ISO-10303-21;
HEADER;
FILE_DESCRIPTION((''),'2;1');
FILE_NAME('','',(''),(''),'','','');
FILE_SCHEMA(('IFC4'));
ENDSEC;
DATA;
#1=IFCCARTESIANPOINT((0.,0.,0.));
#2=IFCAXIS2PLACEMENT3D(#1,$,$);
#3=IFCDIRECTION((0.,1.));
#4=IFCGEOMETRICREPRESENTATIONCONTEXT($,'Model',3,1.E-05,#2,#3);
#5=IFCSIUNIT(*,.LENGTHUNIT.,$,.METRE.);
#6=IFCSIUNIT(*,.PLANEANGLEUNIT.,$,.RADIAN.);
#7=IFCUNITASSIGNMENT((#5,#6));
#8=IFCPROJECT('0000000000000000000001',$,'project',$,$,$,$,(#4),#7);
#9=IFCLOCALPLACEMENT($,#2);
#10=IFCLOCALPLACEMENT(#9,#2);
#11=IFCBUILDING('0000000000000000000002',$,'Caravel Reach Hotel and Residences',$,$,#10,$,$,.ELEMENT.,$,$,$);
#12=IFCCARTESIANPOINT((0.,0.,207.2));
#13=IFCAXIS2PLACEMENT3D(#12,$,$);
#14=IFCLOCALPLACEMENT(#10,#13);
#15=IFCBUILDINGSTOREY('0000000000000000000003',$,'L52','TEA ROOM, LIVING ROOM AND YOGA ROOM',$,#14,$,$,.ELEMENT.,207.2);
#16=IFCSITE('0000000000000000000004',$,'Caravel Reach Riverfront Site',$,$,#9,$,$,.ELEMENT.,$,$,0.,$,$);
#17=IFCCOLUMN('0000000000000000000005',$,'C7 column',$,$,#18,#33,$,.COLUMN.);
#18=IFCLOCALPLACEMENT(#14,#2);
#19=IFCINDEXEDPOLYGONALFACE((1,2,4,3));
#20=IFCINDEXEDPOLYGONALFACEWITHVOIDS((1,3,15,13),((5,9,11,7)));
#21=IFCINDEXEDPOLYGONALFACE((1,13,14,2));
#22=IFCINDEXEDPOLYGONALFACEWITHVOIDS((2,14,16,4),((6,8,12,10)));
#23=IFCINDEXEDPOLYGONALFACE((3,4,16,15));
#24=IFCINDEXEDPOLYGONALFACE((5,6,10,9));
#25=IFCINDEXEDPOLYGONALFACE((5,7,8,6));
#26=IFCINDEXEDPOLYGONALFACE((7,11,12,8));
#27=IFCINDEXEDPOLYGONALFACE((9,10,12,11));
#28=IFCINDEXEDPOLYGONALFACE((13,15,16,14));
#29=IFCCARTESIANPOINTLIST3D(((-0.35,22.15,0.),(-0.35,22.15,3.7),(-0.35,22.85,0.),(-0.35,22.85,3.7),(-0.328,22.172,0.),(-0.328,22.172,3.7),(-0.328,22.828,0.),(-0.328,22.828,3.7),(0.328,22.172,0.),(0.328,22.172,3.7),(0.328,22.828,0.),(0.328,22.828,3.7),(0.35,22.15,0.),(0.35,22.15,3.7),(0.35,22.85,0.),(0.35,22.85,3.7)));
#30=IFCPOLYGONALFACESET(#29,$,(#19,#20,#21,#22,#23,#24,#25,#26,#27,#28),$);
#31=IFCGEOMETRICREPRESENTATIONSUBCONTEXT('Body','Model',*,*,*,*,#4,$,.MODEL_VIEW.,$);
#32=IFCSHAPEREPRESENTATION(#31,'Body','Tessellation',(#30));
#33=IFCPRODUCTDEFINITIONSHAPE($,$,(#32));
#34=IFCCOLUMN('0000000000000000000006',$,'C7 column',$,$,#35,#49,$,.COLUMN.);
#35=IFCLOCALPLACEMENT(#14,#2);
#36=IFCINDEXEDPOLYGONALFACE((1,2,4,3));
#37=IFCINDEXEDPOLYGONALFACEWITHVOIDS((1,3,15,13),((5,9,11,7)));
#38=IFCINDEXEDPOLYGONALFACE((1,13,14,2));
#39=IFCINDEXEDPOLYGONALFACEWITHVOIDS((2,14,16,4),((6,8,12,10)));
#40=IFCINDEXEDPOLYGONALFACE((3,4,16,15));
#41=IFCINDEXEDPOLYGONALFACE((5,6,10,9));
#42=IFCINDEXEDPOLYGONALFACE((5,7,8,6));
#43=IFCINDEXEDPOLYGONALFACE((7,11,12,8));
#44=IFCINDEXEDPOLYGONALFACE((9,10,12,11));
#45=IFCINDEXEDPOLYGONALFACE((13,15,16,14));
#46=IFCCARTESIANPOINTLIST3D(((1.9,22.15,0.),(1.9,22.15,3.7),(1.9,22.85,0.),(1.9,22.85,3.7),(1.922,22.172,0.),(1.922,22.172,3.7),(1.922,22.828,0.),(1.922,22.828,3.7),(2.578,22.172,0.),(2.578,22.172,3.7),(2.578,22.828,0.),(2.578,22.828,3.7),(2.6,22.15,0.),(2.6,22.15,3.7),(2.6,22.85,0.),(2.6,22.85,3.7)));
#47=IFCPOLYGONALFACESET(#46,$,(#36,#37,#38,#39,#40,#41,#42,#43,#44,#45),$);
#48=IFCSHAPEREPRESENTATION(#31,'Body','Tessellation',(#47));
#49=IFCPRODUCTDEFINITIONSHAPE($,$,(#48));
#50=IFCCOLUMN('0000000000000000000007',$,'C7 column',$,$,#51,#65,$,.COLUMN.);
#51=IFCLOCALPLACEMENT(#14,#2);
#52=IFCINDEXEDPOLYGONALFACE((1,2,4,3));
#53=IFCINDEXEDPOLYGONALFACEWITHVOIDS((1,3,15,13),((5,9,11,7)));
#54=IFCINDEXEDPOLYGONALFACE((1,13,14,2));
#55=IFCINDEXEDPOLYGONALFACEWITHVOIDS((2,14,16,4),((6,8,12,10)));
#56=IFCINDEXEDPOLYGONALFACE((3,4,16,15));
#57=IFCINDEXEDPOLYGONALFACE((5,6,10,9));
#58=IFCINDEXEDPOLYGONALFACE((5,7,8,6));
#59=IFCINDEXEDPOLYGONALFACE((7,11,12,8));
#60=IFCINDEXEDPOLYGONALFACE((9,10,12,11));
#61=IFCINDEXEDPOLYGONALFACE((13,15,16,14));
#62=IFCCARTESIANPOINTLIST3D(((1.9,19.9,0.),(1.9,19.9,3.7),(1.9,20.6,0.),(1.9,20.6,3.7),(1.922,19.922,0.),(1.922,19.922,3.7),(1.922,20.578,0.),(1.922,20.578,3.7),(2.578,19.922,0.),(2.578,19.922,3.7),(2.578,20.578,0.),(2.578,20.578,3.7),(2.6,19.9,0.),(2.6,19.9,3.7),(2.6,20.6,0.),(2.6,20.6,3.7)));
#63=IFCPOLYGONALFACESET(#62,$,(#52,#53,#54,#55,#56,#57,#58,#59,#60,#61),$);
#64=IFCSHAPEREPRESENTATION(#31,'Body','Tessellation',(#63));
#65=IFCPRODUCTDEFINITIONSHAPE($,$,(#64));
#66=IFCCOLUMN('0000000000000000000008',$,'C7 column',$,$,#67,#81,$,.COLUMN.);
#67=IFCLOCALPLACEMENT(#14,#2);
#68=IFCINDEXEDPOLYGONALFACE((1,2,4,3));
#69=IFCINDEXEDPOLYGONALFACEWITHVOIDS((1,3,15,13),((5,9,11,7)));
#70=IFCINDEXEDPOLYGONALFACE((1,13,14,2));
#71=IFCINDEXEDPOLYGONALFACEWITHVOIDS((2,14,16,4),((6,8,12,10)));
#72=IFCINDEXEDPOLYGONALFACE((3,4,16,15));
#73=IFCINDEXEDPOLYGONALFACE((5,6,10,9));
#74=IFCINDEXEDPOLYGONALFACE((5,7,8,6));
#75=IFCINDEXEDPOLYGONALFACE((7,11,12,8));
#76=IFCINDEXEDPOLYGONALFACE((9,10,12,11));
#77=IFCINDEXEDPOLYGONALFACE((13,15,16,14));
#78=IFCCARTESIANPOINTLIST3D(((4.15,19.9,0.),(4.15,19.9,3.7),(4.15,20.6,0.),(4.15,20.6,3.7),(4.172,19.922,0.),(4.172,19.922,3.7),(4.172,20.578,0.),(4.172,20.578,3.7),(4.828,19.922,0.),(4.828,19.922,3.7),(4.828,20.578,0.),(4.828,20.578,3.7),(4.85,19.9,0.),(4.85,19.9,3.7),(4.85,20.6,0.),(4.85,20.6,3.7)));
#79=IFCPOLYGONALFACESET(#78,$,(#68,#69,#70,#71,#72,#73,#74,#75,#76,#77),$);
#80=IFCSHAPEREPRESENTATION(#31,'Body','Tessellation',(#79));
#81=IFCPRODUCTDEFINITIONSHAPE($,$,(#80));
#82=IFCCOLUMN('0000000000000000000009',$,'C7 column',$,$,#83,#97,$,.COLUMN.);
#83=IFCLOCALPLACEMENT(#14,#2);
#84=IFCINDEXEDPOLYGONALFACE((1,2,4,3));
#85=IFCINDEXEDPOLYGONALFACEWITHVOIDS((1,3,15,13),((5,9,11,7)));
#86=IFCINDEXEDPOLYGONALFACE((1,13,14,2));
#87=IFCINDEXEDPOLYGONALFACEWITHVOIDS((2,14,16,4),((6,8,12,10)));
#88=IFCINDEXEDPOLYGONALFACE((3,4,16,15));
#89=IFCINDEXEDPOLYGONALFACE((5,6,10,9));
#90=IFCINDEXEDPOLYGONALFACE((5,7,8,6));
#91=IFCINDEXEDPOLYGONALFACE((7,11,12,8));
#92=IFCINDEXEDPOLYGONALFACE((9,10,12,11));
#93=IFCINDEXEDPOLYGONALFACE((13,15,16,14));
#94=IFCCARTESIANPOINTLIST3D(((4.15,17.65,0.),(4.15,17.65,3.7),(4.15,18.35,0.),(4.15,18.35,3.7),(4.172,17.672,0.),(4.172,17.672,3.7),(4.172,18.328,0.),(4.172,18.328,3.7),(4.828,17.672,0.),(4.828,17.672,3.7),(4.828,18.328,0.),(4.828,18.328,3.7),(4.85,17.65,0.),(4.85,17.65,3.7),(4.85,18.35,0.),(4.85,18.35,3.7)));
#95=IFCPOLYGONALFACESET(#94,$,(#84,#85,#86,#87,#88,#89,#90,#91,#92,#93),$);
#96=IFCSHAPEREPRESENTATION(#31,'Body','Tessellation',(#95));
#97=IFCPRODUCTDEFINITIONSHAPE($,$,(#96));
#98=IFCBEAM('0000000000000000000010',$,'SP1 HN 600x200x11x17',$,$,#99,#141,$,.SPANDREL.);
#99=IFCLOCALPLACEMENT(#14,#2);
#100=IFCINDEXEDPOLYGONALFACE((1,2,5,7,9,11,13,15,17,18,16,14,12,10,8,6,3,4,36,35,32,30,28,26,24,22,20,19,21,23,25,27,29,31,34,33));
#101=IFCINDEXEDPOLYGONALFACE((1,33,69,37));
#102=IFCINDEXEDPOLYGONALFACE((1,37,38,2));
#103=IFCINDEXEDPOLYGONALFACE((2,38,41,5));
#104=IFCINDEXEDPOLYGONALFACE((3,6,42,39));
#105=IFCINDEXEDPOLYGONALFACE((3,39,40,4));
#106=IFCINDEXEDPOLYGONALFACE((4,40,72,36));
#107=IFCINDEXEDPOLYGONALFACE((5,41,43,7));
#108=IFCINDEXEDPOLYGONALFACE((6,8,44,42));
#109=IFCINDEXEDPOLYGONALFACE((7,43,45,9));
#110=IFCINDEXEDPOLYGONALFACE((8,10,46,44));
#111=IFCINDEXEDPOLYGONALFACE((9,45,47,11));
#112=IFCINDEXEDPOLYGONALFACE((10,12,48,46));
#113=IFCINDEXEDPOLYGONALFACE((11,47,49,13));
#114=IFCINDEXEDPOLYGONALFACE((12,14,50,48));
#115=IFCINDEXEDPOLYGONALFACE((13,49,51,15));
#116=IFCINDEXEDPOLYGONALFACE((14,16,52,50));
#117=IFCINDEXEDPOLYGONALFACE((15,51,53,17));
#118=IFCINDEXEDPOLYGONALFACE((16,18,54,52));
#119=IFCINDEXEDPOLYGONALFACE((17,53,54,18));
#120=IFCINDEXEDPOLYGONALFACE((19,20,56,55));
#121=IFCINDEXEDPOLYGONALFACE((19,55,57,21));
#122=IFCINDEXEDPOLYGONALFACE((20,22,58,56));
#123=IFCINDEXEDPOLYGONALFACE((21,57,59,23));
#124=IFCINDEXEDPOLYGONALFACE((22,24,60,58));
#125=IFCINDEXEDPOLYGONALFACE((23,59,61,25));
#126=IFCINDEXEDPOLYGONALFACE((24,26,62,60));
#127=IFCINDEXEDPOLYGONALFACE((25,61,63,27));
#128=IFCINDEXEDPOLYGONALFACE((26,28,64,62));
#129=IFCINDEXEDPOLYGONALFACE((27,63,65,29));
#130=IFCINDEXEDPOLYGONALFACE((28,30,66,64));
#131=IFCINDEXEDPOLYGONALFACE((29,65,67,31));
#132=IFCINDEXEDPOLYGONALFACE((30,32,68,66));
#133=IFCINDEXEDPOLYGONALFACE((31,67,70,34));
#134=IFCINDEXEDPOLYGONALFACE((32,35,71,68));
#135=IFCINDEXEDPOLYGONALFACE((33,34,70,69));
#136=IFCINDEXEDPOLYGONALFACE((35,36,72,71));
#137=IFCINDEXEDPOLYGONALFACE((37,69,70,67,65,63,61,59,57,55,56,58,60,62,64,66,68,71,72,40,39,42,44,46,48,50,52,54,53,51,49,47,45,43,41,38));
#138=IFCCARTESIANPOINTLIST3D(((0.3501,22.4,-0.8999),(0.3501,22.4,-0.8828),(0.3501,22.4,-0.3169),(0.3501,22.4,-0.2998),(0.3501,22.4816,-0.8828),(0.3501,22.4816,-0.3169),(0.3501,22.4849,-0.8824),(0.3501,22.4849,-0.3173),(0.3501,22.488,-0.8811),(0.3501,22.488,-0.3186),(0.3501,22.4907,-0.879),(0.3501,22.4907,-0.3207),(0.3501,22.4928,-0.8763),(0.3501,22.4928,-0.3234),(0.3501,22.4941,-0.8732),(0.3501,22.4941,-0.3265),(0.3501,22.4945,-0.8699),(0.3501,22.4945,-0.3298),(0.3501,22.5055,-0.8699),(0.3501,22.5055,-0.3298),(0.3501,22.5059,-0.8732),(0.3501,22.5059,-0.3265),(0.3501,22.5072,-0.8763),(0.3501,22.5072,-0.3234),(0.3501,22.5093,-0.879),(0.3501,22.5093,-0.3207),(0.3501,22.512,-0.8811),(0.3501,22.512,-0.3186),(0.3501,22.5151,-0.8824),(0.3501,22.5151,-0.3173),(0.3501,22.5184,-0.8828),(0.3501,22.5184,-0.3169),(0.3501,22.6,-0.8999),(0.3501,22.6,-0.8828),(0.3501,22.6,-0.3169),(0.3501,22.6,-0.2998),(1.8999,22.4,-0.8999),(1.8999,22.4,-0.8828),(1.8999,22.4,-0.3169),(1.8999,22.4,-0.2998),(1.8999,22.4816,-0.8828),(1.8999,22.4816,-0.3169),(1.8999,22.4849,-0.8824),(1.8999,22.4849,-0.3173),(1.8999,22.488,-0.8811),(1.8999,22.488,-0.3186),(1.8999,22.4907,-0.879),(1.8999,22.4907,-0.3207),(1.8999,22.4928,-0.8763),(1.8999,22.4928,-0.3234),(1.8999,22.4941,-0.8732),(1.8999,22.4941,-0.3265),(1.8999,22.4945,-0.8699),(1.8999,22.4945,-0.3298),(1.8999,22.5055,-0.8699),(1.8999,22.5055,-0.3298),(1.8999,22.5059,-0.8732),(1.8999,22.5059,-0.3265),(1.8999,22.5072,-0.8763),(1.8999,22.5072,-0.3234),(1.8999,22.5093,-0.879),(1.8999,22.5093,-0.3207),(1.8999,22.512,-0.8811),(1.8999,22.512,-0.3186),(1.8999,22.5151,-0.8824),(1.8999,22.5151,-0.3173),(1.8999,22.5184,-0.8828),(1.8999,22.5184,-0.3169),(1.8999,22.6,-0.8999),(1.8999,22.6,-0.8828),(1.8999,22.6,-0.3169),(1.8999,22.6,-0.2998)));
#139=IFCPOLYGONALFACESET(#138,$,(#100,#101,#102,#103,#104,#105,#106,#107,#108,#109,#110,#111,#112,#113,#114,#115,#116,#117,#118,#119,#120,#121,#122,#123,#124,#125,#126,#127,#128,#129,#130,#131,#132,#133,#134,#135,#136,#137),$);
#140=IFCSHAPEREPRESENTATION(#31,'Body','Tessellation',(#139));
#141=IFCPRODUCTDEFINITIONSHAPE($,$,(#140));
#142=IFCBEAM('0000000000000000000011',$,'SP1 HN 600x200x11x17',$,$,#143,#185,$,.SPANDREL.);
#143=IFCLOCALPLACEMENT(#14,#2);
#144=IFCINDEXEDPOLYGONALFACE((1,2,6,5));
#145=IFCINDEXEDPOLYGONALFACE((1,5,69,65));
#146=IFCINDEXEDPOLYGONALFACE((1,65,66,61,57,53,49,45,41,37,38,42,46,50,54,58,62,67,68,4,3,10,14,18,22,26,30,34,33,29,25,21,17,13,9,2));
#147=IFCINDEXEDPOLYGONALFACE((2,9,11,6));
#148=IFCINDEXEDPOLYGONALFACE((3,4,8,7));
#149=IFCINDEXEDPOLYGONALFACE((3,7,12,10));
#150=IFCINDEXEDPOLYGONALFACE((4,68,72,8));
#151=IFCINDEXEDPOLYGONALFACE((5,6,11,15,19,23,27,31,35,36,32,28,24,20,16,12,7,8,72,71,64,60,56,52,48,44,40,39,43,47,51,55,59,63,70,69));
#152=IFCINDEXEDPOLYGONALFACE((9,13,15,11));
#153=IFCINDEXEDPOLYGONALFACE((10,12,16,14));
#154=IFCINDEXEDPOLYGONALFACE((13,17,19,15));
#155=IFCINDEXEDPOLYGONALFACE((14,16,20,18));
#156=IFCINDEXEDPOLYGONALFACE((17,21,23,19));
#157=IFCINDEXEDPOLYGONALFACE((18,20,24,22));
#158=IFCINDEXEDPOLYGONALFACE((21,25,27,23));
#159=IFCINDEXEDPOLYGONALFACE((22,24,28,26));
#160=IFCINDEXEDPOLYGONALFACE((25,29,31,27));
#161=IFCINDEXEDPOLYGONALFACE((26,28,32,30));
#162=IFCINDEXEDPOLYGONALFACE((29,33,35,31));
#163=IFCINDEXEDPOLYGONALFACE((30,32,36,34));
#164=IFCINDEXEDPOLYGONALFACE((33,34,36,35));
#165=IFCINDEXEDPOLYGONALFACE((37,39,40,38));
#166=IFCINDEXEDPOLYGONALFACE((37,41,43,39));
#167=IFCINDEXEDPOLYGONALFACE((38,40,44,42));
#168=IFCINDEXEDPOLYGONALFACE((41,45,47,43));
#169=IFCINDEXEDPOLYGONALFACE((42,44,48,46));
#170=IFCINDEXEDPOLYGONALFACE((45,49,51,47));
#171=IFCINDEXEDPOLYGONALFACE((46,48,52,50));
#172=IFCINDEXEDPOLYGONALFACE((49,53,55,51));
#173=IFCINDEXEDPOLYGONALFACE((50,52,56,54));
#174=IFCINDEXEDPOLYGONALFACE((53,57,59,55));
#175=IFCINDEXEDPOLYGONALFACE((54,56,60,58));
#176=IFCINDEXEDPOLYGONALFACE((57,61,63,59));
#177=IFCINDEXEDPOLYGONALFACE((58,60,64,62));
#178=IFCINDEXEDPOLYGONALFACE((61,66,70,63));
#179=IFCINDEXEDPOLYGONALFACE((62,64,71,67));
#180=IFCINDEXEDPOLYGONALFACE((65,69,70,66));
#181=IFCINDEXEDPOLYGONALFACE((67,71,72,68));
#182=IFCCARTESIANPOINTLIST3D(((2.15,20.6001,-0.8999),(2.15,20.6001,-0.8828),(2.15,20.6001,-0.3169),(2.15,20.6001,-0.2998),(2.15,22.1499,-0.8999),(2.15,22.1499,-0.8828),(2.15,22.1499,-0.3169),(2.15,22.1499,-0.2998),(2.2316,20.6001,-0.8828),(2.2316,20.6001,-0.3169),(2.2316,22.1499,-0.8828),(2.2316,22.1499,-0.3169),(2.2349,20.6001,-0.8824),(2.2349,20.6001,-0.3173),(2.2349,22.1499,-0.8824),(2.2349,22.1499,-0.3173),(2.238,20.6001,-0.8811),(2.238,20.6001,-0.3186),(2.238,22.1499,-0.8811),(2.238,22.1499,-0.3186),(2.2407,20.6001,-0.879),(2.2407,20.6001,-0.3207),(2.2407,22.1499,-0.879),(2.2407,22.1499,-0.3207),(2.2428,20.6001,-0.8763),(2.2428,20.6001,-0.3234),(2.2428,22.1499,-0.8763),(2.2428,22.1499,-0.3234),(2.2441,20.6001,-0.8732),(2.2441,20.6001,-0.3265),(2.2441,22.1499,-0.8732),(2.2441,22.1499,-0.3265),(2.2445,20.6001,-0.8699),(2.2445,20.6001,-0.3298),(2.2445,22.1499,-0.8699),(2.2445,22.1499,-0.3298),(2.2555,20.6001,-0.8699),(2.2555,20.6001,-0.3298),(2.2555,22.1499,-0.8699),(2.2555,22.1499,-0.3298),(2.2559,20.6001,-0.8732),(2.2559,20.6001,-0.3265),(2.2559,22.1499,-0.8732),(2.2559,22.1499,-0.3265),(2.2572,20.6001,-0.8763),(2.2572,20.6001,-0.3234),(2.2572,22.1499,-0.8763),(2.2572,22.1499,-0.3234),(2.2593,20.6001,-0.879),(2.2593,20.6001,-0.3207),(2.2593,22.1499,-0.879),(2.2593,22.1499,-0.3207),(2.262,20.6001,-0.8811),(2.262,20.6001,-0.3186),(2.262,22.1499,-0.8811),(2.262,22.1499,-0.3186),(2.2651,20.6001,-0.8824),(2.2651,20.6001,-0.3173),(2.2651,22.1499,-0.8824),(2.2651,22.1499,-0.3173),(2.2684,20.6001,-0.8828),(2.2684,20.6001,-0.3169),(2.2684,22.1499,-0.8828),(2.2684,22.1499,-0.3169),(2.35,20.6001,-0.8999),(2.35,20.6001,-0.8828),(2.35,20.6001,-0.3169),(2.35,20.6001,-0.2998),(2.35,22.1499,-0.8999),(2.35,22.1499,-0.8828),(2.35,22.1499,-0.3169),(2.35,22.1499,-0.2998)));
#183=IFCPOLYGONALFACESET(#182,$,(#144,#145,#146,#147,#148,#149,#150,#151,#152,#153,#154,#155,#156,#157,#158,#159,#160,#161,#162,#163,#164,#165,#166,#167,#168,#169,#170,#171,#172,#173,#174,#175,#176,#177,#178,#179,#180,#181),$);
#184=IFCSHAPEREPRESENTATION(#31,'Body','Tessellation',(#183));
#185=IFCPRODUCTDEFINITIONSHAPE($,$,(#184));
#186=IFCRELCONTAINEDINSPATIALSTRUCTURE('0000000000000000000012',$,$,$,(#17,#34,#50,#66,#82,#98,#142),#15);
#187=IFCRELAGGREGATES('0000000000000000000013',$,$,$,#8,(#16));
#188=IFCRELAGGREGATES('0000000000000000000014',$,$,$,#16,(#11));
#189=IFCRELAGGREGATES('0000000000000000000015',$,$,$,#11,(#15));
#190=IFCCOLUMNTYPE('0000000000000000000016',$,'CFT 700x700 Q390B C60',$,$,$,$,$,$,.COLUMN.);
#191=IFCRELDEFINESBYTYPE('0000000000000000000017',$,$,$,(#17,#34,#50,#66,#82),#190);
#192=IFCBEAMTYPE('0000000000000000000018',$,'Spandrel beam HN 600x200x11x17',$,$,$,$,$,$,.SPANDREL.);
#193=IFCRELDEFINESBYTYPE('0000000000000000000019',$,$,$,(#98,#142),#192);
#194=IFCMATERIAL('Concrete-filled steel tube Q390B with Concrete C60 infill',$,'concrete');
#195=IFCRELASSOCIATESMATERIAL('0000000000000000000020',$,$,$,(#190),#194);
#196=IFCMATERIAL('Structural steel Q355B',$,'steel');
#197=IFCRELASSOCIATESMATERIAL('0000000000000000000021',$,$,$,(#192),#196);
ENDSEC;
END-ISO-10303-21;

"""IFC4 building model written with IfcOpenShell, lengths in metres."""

from ifc_helpers import new_model, si_unit, direction, frame, origin, origin_2d, place, context, subcontext, project, spatial, hollow_rectangle, i_section, extrude, material, material_profile, profile_set, type_object, element, save


model = new_model("IFC4")

# Units and contexts
model_context = context("Model", 3, precision=1e-05, world=origin(), true_north=direction((0.0, 1.0)))
body_context = subcontext(model_context, "Body", "Model", "MODEL_VIEW")
ifc_project = project(units=[si_unit("LENGTHUNIT", "METRE"), si_unit("PLANEANGLEUNIT", "RADIAN")], contexts=[model_context])

# Site, building, storey
site_placement = place(None, origin())
site = spatial("IfcSite", under=ifc_project, at=site_placement, Name="Caravel Reach Riverfront Site", CompositionType="ELEMENT", RefElevation=0.0)
building_placement = place(site_placement, origin())
building = spatial("IfcBuilding", under=site, at=building_placement, Name="Caravel Reach Hotel and Residences", CompositionType="ELEMENT")
storey_placement = place(building_placement, frame((0.0, 0.0, 207.2)))
storey = spatial("IfcBuildingStorey", under=building, at=storey_placement, Name="L52", Description="TEA ROOM, LIVING ROOM AND YOGA ROOM", CompositionType="ELEMENT", Elevation=207.2)

# Columns
ifc_material_1 = material(Name="Concrete-filled steel tube Q390B with Concrete C60 infill", Category="concrete")
ifc_material_profile_1 = material_profile(ifc_material_1, hollow_rectangle(XDim=0.7, YDim=0.7, WallThickness=0.022, at=origin_2d()), Name="RHS 700x700x22")
ifc_profile_set_1 = profile_set([ifc_material_profile_1], Name="Concrete-filled steel tube Q390B with Concrete C60 infill")
column_type = type_object("IfcColumnType", Name="CFT 700x700 Q390B C60", PredefinedType="COLUMN", material=ifc_profile_set_1)
for number, where, z_axis, x_axis, name in (
    (1, (0.0, 22.5, 0.0), (0.0, 0.0, 1.0), (1.0, 0.0, 0.0), "C7 column"),
    (2, (2.25, 22.5, 0.0), (0.0, 0.0, 1.0), (1.0, 0.0, 0.0), "C7 column"),
    (3, (2.25, 20.25, 0.0), (0.0, 0.0, 1.0), (1.0, 0.0, 0.0), "C7 column"),
    (4, (4.5, 20.25, 0.0), (0.0, 0.0, 1.0), (1.0, 0.0, 0.0), "C7 column"),
    (5, (4.5, 18.0, 0.0), (0.0, 0.0, 1.0), (1.0, 0.0, 0.0), "C7 column"),
):
    element("IfcColumn", number, at=place(storey_placement, frame(where, z_axis=z_axis, x_axis=x_axis)), inside=storey, type_object=column_type, Name=name, PredefinedType="COLUMN", context=body_context, shape_type="SweptSolid", body=[
        extrude(hollow_rectangle(XDim=0.7, YDim=0.7, WallThickness=0.022, at=origin_2d()), origin(), (0.0, 0.0, 1.0), 3.7),
    ])

# Beams
ifc_material_2 = material(Name="Structural steel Q355B", Category="steel")
ifc_material_profile_2 = material_profile(ifc_material_2, i_section(OverallWidth=0.2, OverallDepth=0.6001, WebThickness=0.011, FlangeThickness=0.0171, FilletRadius=0.0129, at=origin_2d()), Name="HN 600x200x11x17")
ifc_profile_set_2 = profile_set([ifc_material_profile_2], Name="Structural steel Q355B")
beam_type = type_object("IfcBeamType", Name="Spandrel beam HN 600x200x11x17", PredefinedType="SPANDREL", material=ifc_profile_set_2)
for number, where, z_axis, x_axis, name in (
    (6, (0.3501, 22.5, -0.5999), (1.0, 0.0, 0.0), (0.0, 1.0, 0.0), "SP1 HN 600x200x11x17"),
    (7, (2.25, 22.1499, -0.5999), (0.0, -1.0, 0.0), (1.0, 0.0, 0.0), "SP1 HN 600x200x11x17"),
):
    element("IfcBeam", number, at=place(storey_placement, frame(where, z_axis=z_axis, x_axis=x_axis)), inside=storey, type_object=beam_type, Name=name, PredefinedType="SPANDREL", context=body_context, shape_type="SweptSolid", body=[
        extrude(i_section(OverallWidth=0.2, OverallDepth=0.6001, WebThickness=0.011, FlangeThickness=0.0171, FilletRadius=0.0129, at=origin_2d()), origin(), (0.0, 0.0, 1.0), 1.5498),
    ])

save(model, "model.ifc")
